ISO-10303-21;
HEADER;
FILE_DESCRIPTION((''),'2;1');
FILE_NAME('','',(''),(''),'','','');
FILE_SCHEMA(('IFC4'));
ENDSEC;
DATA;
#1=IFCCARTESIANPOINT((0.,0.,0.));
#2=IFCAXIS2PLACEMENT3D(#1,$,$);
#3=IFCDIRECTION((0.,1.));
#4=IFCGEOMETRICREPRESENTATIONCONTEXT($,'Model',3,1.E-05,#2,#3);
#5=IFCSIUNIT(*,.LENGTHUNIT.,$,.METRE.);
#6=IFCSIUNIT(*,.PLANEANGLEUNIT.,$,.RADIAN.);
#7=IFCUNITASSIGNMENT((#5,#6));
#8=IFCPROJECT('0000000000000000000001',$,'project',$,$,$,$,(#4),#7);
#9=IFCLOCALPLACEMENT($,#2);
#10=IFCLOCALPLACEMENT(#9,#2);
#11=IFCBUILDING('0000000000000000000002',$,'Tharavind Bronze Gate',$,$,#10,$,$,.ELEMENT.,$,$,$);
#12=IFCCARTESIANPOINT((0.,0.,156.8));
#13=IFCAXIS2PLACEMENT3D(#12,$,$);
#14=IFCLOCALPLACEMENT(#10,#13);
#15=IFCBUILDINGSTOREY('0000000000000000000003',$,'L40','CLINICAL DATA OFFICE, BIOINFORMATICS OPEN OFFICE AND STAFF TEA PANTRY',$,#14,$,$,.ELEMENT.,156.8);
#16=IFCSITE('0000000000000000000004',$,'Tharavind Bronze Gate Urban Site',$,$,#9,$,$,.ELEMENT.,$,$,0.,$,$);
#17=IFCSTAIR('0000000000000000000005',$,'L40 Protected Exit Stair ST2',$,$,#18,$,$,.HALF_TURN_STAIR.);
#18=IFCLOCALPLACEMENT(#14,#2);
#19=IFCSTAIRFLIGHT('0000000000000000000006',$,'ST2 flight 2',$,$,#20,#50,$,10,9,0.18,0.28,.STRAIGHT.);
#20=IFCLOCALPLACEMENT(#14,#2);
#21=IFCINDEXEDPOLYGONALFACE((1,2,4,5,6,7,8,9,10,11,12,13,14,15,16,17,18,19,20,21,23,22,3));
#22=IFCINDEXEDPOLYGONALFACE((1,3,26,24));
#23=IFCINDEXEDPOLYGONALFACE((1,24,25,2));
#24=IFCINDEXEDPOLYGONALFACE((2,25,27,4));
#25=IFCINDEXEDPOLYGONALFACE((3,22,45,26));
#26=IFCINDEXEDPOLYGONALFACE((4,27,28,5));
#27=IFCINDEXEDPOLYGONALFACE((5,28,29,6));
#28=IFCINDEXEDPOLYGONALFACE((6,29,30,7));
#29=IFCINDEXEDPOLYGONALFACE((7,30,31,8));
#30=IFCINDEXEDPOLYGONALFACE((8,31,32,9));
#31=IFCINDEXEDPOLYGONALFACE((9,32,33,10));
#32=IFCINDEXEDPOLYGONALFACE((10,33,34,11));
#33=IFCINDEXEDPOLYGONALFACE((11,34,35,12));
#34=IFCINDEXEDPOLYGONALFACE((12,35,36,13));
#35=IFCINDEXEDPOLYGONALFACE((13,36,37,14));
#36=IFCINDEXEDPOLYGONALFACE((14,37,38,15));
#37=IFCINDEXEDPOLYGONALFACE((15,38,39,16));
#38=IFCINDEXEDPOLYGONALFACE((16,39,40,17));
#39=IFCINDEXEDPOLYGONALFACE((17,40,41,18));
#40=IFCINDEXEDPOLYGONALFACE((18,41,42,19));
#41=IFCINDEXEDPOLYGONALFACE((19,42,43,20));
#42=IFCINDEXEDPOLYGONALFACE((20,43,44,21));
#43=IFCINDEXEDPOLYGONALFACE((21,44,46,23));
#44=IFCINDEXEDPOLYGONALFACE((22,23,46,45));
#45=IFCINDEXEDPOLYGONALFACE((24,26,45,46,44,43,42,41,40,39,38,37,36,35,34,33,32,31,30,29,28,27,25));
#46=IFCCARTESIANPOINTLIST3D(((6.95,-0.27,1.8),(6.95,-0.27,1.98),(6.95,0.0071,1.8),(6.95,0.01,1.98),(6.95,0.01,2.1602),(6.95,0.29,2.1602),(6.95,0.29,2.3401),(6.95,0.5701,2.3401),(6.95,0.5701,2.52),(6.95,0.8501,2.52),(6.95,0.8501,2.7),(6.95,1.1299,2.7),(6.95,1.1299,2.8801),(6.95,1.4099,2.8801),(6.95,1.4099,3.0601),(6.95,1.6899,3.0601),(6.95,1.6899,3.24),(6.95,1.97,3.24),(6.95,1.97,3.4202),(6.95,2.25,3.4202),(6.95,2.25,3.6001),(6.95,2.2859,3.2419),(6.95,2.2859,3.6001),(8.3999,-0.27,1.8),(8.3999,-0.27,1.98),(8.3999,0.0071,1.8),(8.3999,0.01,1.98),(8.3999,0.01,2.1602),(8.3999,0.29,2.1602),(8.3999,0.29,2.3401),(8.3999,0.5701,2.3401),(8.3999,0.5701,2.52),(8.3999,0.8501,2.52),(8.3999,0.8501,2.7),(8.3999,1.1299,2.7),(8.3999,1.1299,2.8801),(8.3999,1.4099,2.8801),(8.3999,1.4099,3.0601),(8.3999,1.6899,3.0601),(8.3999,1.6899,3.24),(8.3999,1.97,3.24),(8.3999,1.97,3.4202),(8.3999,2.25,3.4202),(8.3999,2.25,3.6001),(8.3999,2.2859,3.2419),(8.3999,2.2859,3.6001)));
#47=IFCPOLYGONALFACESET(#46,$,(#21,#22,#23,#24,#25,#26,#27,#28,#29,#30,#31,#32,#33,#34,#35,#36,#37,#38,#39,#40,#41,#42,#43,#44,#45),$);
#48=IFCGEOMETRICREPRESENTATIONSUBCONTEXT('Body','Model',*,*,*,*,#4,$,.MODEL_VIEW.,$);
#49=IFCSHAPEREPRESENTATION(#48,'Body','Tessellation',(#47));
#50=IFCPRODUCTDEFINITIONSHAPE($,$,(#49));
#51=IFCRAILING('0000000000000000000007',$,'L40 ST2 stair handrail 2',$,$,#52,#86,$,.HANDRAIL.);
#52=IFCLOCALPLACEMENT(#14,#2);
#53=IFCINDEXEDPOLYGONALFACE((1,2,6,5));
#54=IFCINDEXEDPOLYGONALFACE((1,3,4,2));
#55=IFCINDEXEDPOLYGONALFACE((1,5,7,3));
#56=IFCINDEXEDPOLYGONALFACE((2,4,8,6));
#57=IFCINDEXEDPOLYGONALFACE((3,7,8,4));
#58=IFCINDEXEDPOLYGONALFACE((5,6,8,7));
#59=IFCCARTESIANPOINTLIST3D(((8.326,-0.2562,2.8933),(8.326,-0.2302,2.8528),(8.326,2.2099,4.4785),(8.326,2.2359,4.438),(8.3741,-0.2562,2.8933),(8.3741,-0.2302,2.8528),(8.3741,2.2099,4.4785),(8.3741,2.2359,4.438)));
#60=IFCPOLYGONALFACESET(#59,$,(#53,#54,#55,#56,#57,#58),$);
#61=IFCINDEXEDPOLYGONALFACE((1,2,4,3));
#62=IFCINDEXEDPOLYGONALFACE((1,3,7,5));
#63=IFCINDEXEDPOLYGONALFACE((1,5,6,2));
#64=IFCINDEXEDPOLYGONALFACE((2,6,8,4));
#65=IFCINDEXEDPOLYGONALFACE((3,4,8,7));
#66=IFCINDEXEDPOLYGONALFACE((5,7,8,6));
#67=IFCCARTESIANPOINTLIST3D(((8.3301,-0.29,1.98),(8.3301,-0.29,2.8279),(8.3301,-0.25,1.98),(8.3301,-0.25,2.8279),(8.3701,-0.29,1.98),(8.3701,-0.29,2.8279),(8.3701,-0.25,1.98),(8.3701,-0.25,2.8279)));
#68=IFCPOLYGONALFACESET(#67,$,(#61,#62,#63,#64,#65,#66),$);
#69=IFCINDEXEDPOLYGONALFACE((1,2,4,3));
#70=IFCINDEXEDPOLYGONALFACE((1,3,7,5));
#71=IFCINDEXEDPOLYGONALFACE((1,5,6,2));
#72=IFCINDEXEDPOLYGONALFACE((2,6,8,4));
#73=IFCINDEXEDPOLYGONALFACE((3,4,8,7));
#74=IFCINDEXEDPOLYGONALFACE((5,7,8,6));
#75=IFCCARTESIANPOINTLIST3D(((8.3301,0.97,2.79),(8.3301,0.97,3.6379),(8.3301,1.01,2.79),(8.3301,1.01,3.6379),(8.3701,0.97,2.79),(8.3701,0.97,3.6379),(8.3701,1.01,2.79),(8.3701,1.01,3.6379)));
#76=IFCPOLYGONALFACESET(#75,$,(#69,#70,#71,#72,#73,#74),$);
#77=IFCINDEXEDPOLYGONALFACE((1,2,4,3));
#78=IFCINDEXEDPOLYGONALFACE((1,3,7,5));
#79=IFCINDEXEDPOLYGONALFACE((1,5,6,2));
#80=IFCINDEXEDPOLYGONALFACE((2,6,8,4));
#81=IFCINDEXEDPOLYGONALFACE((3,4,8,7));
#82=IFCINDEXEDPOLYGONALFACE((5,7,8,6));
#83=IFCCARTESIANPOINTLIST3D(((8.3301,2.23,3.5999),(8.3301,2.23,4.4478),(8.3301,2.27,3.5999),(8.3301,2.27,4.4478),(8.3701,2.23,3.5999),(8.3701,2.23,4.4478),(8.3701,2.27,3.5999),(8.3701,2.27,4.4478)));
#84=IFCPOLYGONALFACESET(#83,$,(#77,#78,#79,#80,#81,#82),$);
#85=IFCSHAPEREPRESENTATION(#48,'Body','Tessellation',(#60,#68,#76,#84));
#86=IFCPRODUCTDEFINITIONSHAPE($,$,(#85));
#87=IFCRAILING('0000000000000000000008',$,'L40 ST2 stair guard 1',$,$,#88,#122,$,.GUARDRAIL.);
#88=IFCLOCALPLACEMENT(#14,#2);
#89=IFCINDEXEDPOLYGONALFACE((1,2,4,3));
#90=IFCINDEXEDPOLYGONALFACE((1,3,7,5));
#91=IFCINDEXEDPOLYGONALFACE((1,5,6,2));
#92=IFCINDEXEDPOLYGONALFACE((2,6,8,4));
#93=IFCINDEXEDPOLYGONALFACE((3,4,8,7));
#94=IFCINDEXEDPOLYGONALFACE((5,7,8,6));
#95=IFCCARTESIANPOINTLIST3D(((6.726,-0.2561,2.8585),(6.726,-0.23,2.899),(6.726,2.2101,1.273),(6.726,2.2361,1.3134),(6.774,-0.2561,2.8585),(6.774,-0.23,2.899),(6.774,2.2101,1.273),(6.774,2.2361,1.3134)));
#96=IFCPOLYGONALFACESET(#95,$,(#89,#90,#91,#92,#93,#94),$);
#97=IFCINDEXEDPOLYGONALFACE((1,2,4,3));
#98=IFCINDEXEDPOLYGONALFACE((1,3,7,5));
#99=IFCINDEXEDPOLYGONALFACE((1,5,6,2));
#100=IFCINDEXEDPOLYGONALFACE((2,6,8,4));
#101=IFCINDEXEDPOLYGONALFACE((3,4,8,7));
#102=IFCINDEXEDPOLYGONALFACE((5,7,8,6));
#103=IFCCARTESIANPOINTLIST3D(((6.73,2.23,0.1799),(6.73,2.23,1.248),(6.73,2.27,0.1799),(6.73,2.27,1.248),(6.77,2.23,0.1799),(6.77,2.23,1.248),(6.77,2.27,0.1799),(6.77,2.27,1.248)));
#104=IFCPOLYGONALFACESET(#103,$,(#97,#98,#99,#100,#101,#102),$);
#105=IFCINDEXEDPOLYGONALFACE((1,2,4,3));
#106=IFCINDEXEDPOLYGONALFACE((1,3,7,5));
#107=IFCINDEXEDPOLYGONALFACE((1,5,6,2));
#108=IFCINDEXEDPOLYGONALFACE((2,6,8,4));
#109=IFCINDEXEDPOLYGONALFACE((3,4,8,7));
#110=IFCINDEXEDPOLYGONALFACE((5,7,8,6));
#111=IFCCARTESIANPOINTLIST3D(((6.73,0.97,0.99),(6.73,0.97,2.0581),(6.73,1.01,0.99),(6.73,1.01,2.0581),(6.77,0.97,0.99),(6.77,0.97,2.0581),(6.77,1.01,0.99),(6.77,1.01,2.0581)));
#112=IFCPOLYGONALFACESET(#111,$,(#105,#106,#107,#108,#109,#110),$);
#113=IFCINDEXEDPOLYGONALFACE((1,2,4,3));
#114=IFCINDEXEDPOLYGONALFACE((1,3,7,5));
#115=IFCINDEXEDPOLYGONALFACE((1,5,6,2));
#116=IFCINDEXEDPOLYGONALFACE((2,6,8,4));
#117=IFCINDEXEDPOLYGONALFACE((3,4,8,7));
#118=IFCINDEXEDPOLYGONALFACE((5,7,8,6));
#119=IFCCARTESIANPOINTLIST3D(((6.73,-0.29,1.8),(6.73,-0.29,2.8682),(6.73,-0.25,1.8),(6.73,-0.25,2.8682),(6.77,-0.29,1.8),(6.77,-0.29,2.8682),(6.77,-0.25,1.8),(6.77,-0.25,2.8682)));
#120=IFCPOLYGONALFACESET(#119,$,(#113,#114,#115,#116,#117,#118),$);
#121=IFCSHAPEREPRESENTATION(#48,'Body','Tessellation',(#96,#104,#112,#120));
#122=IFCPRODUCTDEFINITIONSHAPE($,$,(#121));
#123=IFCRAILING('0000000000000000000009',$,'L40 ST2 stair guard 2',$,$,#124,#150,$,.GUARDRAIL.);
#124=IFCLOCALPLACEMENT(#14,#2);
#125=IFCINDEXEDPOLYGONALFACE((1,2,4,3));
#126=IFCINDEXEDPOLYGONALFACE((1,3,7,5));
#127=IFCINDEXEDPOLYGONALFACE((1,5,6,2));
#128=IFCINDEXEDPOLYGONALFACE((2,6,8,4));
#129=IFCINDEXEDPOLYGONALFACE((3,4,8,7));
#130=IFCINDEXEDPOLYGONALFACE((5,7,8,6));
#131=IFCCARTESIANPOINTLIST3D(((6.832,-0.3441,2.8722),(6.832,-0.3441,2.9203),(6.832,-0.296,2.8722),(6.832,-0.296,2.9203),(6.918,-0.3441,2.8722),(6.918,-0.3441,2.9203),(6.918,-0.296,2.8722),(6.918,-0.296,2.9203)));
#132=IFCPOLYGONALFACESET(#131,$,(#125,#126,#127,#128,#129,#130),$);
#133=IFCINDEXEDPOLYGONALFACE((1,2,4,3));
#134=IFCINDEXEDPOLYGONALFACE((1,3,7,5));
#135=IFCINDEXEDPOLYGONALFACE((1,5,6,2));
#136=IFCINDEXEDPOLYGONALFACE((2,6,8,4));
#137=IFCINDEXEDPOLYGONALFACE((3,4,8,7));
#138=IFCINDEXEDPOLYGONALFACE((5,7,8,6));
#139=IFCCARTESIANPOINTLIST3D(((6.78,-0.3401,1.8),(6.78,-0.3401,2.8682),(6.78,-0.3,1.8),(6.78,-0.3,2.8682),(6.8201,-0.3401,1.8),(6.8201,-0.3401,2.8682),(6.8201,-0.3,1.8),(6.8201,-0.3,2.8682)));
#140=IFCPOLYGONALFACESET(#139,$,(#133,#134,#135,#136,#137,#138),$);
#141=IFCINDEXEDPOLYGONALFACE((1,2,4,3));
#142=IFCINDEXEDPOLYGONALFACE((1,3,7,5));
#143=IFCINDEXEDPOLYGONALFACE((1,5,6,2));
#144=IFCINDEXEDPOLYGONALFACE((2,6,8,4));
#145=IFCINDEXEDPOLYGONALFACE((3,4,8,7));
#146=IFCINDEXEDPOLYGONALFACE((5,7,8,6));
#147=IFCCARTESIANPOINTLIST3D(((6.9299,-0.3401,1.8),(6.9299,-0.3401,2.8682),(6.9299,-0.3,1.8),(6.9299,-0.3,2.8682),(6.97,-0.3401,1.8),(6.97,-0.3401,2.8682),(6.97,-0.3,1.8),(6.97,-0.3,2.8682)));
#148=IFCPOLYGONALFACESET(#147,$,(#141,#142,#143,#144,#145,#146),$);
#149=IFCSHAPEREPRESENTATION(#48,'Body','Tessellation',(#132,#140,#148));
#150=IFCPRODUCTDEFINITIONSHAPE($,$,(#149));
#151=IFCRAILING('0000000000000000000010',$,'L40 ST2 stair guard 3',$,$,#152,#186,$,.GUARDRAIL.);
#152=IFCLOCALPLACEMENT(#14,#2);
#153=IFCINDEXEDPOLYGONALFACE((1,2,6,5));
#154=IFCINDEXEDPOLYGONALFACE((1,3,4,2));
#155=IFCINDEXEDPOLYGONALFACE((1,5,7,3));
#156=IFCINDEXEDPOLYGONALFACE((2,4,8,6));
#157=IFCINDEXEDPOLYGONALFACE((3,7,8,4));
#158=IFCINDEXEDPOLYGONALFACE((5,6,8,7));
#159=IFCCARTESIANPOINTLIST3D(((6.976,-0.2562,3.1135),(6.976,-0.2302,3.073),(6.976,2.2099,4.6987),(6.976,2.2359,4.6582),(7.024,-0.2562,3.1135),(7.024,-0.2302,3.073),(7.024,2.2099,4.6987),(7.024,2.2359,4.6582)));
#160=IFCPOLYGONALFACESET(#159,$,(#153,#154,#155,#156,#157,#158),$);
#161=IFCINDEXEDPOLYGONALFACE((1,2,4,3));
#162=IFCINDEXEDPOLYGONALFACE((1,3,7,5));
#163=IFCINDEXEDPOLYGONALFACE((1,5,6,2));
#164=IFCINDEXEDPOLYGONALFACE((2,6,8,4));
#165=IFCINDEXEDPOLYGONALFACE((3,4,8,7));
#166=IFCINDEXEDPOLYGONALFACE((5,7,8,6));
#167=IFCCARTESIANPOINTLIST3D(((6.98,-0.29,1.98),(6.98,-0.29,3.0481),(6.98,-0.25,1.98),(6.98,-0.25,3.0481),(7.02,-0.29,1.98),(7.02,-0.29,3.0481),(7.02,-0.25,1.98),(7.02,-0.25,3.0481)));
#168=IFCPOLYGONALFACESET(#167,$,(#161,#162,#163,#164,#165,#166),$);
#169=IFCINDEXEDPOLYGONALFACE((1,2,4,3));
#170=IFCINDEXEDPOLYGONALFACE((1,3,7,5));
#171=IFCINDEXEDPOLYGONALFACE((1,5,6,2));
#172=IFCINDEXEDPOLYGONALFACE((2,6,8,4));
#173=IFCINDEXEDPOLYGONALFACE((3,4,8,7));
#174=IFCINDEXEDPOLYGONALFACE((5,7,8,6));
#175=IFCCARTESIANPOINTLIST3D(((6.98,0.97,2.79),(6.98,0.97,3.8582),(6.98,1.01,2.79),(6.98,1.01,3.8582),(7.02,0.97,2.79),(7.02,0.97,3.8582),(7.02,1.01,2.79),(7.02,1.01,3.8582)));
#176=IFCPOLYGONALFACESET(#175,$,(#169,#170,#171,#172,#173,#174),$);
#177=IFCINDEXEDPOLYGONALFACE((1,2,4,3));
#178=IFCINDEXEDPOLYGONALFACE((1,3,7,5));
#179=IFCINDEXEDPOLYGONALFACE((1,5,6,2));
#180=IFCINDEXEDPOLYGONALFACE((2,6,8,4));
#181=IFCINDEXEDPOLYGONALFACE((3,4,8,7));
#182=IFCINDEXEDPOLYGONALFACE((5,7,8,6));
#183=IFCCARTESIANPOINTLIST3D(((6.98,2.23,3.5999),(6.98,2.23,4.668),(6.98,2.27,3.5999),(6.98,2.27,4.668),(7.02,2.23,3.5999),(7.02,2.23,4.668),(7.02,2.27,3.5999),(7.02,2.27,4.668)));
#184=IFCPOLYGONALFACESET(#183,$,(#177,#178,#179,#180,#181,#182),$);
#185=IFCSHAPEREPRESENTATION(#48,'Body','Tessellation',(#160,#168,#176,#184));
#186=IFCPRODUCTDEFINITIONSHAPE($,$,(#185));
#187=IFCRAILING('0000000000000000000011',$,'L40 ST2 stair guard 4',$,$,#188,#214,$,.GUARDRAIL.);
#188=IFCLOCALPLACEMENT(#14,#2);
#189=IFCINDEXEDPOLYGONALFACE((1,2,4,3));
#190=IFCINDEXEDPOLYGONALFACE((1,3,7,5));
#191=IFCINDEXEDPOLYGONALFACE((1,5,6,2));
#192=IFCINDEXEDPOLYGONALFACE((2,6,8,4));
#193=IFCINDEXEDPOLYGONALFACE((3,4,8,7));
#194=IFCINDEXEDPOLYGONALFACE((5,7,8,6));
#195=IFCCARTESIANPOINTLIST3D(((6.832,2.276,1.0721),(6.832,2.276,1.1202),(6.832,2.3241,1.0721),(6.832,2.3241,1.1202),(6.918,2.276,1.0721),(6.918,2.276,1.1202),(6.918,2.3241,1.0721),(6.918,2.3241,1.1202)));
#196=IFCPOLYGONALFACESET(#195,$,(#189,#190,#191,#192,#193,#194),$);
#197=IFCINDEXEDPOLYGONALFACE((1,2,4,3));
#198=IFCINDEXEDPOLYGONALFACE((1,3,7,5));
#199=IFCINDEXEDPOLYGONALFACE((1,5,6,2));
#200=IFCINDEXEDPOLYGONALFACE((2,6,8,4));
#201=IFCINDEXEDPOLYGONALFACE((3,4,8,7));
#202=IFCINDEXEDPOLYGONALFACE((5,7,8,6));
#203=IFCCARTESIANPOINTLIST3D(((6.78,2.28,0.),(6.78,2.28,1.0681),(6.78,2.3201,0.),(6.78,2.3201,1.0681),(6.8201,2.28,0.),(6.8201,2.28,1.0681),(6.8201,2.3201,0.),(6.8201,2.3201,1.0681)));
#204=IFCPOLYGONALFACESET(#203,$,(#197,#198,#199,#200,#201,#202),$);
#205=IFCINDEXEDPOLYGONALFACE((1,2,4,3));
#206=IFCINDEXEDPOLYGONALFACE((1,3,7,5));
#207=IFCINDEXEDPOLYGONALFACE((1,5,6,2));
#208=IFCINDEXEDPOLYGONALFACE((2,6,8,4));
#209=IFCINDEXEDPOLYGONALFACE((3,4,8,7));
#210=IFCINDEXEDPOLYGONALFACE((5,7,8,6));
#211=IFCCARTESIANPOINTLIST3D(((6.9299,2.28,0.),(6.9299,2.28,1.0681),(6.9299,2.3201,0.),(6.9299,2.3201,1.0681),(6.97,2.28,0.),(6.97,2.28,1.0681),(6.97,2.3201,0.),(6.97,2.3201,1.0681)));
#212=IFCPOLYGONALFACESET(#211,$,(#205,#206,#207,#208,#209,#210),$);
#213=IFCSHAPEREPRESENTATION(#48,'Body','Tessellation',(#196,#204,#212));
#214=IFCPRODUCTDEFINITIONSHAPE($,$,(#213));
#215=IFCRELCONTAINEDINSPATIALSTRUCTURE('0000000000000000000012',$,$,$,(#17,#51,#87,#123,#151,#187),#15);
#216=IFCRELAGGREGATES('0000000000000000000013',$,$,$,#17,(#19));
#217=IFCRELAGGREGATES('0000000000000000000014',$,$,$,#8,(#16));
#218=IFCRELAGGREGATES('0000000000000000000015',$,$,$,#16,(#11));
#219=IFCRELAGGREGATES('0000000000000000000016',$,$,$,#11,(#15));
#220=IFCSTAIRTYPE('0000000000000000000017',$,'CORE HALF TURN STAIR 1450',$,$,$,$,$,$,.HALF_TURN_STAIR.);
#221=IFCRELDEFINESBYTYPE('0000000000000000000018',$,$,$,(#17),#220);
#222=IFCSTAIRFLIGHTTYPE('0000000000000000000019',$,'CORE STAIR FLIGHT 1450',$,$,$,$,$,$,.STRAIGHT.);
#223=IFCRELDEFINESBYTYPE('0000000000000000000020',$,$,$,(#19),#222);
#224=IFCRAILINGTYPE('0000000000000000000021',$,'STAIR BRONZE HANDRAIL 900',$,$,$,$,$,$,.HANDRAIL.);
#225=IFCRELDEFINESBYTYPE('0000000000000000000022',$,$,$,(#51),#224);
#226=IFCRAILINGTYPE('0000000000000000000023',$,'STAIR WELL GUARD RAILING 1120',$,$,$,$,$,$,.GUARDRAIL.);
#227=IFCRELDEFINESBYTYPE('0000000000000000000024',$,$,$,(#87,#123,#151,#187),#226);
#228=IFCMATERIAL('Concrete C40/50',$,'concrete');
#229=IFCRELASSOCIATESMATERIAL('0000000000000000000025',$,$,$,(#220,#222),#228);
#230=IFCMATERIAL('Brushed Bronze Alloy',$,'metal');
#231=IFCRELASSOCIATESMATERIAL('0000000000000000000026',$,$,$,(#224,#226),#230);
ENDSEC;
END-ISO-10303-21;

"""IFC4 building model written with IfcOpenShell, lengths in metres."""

from ifc_helpers import new_model, si_unit, direction, frame, origin, origin_2d, place, context, subcontext, project, spatial, polyline, rectangle, outline, extrude, material, type_object, element, aggregate, save


model = new_model("IFC4")

# Units and contexts
model_context = context("Model", 3, precision=1e-05, world=origin(), true_north=direction((0.0, 1.0)))
body_context = subcontext(model_context, "Body", "Model", "MODEL_VIEW")
ifc_project = project(units=[si_unit("LENGTHUNIT", "METRE"), si_unit("PLANEANGLEUNIT", "RADIAN")], contexts=[model_context])

# Site, building, storey
site_placement = place(None, origin())
site = spatial("IfcSite", under=ifc_project, at=site_placement, Name="Tharavind Bronze Gate Urban Site", CompositionType="ELEMENT", RefElevation=0.0)
building_placement = place(site_placement, origin())
building = spatial("IfcBuilding", under=site, at=building_placement, Name="Tharavind Bronze Gate", CompositionType="ELEMENT")
storey_placement = place(building_placement, frame((0.0, 0.0, 156.8)))
storey = spatial("IfcBuildingStorey", under=building, at=storey_placement, Name="L40", Description="CLINICAL DATA OFFICE, BIOINFORMATICS OPEN OFFICE AND STAFF TEA PANTRY", CompositionType="ELEMENT", Elevation=156.8)

# Stair, stair flight
ifc_material_1 = material(Name="Concrete C40/50", Category="concrete")
stair_type = type_object("IfcStairType", Name="CORE HALF TURN STAIR 1450", PredefinedType="HALF_TURN_STAIR", material=ifc_material_1)
stair_placement = place(storey_placement, origin())
stair = element("IfcStair", 1, at=stair_placement, inside=storey, type_object=stair_type, Name="L40 Protected Exit Stair ST2", PredefinedType="HALF_TURN_STAIR")
stair_flight_type = type_object("IfcStairFlightType", Name="CORE STAIR FLIGHT 1450", PredefinedType="STRAIGHT", material=ifc_material_1)
stair_flight_1_placement = place(storey_placement, frame((7.675, -0.27, 1.8), z_axis=(0.0, 0.0, 1.0), x_axis=(0.0, 1.0, 0.0)))
stair_flight_1 = element("IfcStairFlight", 2, at=stair_flight_1_placement, type_object=stair_flight_type, Name="ST2 flight 2", NumberOfRisers=10, NumberOfTreads=9, PredefinedType="STRAIGHT", RiserHeight=0.18, TreadLength=0.28, context=body_context, shape_type="SweptSolid", body=[
    extrude(outline(polyline([(0.0, 0.0), (0.0, 0.1799), (0.28, 0.1799), (0.28, 0.3601), (0.5601, 0.3601), (0.5601, 0.54), (0.8401, 0.54), (0.8401, 0.72), (1.1201, 0.72), (1.1201, 0.8999), (1.3999, 0.8999), (1.3999, 1.0801), (1.6799, 1.0801), (1.6799, 1.26), (1.96, 1.26), (1.96, 1.4399), (2.24, 1.4399), (2.24, 1.6201), (2.52, 1.6201), (2.52, 1.8), (2.5559, 1.8), (2.5559, 1.4419), (0.2771, 0.0), (0.0, 0.0)])), frame((0.0, 0.7251, 0.0), z_axis=(0.0, -1.0, 0.0), x_axis=(1.0, 0.0, 0.0)), (0.0, 0.0, 1.0), 1.45),
])
aggregate(stair, [stair_flight_1])

# Railings
ifc_material_2 = material(Name="Brushed Bronze Alloy", Category="metal")
railing_type_1 = type_object("IfcRailingType", Name="STAIR BRONZE HANDRAIL 900", PredefinedType="HANDRAIL", material=ifc_material_2)
railing_1_placement = place(storey_placement, frame((8.3501, -0.27, 1.98)))
element("IfcRailing", 3, at=railing_1_placement, inside=storey, type_object=railing_type_1, Name="L40 ST2 stair handrail 2", PredefinedType="HANDRAIL", context=body_context, shape_type="SweptSolid", body=[
    extrude(rectangle(XDim=0.0481, YDim=0.0481, at=origin_2d()), frame((0.0, 0.0269, 0.8931), z_axis=(0.0, 0.8412, 0.540725), x_axis=(-1.0, 0.0, 0.0)), (0.0, 0.0, 1.0), 2.9316),
    extrude(rectangle(XDim=0.04, YDim=0.04, at=origin_2d()), origin(), (0.0, 0.0, 1.0), 0.8479),
    extrude(rectangle(XDim=0.04, YDim=0.04, at=origin_2d()), frame((0.0, 1.26, 0.8101)), (0.0, 0.0, 1.0), 0.8479),
    extrude(rectangle(XDim=0.04, YDim=0.04, at=origin_2d()), frame((0.0, 2.52, 1.6199)), (0.0, 0.0, 1.0), 0.8479),
])
railing_type_2 = type_object("IfcRailingType", Name="STAIR WELL GUARD RAILING 1120", PredefinedType="GUARDRAIL", material=ifc_material_2)
railing_2_placement = place(storey_placement, frame((6.75, 2.25, 0.1799)))
element("IfcRailing", 4, at=railing_2_placement, inside=storey, type_object=railing_type_2, Name="L40 ST2 stair guard 1", PredefinedType="GUARDRAIL", context=body_context, shape_type="SweptSolid", body=[
    extrude(rectangle(XDim=0.0481, YDim=0.0481, at=origin_2d()), frame((0.0, -0.0269, 1.1133), z_axis=(0.0, -0.841163, 0.540782), x_axis=(1.0, 0.0, 0.0)), (0.0, 0.0, 1.0), 2.9319),
    extrude(rectangle(XDim=0.04, YDim=0.04, at=origin_2d()), origin(), (0.0, 0.0, 1.0), 1.0681),
    extrude(rectangle(XDim=0.04, YDim=0.04, at=origin_2d()), frame((0.0, -1.26, 0.8101)), (0.0, 0.0, 1.0), 1.0681),
    extrude(rectangle(XDim=0.04, YDim=0.04, at=origin_2d()), frame((0.0, -2.52, 1.6201)), (0.0, 0.0, 1.0), 1.0681),
])
railing_3_placement = place(storey_placement, frame((6.8, -0.3201, 1.8)))
element("IfcRailing", 5, at=railing_3_placement, inside=storey, type_object=railing_type_2, Name="L40 ST2 stair guard 2", PredefinedType="GUARDRAIL", context=body_context, shape_type="SweptSolid", body=[
    extrude(rectangle(XDim=0.0481, YDim=0.0481, at=origin_2d()), frame((0.032, 0.0, 1.0962), z_axis=(1.0, 0.0, 0.0), x_axis=(0.0, 1.0, 0.0)), (0.0, 0.0, 1.0), 0.0859),
    extrude(rectangle(XDim=0.04, YDim=0.04, at=origin_2d()), origin(), (0.0, 0.0, 1.0), 1.0681),
    extrude(rectangle(XDim=0.04, YDim=0.04, at=origin_2d()), frame((0.1499, 0.0, 0.0)), (0.0, 0.0, 1.0), 1.0681),
])
railing_4_placement = place(storey_placement, frame((7.0, -0.27, 1.98)))
element("IfcRailing", 6, at=railing_4_placement, inside=storey, type_object=railing_type_2, Name="L40 ST2 stair guard 3", PredefinedType="GUARDRAIL", context=body_context, shape_type="SweptSolid", body=[
    extrude(rectangle(XDim=0.0481, YDim=0.0481, at=origin_2d()), frame((0.0, 0.0269, 1.1133), z_axis=(0.0, 0.8412, 0.540725), x_axis=(-1.0, 0.0, 0.0)), (0.0, 0.0, 1.0), 2.9316),
    extrude(rectangle(XDim=0.04, YDim=0.04, at=origin_2d()), origin(), (0.0, 0.0, 1.0), 1.0681),
    extrude(rectangle(XDim=0.04, YDim=0.04, at=origin_2d()), frame((0.0, 1.26, 0.8101)), (0.0, 0.0, 1.0), 1.0681),
    extrude(rectangle(XDim=0.04, YDim=0.04, at=origin_2d()), frame((0.0, 2.52, 1.6199)), (0.0, 0.0, 1.0), 1.0681),
])
railing_5_placement = place(storey_placement, frame((6.8, 2.3, 0.0)))
element("IfcRailing", 7, at=railing_5_placement, inside=storey, type_object=railing_type_2, Name="L40 ST2 stair guard 4", PredefinedType="GUARDRAIL", context=body_context, shape_type="SweptSolid", body=[
    extrude(rectangle(XDim=0.0481, YDim=0.0481, at=origin_2d()), frame((0.032, 0.0, 1.0962), z_axis=(1.0, 0.0, 0.0), x_axis=(0.0, 1.0, 0.0)), (0.0, 0.0, 1.0), 0.0859),
    extrude(rectangle(XDim=0.04, YDim=0.04, at=origin_2d()), origin(), (0.0, 0.0, 1.0), 1.0681),
    extrude(rectangle(XDim=0.04, YDim=0.04, at=origin_2d()), frame((0.1499, 0.0, 0.0)), (0.0, 0.0, 1.0), 1.0681),
])

save(model, "model.ifc")
